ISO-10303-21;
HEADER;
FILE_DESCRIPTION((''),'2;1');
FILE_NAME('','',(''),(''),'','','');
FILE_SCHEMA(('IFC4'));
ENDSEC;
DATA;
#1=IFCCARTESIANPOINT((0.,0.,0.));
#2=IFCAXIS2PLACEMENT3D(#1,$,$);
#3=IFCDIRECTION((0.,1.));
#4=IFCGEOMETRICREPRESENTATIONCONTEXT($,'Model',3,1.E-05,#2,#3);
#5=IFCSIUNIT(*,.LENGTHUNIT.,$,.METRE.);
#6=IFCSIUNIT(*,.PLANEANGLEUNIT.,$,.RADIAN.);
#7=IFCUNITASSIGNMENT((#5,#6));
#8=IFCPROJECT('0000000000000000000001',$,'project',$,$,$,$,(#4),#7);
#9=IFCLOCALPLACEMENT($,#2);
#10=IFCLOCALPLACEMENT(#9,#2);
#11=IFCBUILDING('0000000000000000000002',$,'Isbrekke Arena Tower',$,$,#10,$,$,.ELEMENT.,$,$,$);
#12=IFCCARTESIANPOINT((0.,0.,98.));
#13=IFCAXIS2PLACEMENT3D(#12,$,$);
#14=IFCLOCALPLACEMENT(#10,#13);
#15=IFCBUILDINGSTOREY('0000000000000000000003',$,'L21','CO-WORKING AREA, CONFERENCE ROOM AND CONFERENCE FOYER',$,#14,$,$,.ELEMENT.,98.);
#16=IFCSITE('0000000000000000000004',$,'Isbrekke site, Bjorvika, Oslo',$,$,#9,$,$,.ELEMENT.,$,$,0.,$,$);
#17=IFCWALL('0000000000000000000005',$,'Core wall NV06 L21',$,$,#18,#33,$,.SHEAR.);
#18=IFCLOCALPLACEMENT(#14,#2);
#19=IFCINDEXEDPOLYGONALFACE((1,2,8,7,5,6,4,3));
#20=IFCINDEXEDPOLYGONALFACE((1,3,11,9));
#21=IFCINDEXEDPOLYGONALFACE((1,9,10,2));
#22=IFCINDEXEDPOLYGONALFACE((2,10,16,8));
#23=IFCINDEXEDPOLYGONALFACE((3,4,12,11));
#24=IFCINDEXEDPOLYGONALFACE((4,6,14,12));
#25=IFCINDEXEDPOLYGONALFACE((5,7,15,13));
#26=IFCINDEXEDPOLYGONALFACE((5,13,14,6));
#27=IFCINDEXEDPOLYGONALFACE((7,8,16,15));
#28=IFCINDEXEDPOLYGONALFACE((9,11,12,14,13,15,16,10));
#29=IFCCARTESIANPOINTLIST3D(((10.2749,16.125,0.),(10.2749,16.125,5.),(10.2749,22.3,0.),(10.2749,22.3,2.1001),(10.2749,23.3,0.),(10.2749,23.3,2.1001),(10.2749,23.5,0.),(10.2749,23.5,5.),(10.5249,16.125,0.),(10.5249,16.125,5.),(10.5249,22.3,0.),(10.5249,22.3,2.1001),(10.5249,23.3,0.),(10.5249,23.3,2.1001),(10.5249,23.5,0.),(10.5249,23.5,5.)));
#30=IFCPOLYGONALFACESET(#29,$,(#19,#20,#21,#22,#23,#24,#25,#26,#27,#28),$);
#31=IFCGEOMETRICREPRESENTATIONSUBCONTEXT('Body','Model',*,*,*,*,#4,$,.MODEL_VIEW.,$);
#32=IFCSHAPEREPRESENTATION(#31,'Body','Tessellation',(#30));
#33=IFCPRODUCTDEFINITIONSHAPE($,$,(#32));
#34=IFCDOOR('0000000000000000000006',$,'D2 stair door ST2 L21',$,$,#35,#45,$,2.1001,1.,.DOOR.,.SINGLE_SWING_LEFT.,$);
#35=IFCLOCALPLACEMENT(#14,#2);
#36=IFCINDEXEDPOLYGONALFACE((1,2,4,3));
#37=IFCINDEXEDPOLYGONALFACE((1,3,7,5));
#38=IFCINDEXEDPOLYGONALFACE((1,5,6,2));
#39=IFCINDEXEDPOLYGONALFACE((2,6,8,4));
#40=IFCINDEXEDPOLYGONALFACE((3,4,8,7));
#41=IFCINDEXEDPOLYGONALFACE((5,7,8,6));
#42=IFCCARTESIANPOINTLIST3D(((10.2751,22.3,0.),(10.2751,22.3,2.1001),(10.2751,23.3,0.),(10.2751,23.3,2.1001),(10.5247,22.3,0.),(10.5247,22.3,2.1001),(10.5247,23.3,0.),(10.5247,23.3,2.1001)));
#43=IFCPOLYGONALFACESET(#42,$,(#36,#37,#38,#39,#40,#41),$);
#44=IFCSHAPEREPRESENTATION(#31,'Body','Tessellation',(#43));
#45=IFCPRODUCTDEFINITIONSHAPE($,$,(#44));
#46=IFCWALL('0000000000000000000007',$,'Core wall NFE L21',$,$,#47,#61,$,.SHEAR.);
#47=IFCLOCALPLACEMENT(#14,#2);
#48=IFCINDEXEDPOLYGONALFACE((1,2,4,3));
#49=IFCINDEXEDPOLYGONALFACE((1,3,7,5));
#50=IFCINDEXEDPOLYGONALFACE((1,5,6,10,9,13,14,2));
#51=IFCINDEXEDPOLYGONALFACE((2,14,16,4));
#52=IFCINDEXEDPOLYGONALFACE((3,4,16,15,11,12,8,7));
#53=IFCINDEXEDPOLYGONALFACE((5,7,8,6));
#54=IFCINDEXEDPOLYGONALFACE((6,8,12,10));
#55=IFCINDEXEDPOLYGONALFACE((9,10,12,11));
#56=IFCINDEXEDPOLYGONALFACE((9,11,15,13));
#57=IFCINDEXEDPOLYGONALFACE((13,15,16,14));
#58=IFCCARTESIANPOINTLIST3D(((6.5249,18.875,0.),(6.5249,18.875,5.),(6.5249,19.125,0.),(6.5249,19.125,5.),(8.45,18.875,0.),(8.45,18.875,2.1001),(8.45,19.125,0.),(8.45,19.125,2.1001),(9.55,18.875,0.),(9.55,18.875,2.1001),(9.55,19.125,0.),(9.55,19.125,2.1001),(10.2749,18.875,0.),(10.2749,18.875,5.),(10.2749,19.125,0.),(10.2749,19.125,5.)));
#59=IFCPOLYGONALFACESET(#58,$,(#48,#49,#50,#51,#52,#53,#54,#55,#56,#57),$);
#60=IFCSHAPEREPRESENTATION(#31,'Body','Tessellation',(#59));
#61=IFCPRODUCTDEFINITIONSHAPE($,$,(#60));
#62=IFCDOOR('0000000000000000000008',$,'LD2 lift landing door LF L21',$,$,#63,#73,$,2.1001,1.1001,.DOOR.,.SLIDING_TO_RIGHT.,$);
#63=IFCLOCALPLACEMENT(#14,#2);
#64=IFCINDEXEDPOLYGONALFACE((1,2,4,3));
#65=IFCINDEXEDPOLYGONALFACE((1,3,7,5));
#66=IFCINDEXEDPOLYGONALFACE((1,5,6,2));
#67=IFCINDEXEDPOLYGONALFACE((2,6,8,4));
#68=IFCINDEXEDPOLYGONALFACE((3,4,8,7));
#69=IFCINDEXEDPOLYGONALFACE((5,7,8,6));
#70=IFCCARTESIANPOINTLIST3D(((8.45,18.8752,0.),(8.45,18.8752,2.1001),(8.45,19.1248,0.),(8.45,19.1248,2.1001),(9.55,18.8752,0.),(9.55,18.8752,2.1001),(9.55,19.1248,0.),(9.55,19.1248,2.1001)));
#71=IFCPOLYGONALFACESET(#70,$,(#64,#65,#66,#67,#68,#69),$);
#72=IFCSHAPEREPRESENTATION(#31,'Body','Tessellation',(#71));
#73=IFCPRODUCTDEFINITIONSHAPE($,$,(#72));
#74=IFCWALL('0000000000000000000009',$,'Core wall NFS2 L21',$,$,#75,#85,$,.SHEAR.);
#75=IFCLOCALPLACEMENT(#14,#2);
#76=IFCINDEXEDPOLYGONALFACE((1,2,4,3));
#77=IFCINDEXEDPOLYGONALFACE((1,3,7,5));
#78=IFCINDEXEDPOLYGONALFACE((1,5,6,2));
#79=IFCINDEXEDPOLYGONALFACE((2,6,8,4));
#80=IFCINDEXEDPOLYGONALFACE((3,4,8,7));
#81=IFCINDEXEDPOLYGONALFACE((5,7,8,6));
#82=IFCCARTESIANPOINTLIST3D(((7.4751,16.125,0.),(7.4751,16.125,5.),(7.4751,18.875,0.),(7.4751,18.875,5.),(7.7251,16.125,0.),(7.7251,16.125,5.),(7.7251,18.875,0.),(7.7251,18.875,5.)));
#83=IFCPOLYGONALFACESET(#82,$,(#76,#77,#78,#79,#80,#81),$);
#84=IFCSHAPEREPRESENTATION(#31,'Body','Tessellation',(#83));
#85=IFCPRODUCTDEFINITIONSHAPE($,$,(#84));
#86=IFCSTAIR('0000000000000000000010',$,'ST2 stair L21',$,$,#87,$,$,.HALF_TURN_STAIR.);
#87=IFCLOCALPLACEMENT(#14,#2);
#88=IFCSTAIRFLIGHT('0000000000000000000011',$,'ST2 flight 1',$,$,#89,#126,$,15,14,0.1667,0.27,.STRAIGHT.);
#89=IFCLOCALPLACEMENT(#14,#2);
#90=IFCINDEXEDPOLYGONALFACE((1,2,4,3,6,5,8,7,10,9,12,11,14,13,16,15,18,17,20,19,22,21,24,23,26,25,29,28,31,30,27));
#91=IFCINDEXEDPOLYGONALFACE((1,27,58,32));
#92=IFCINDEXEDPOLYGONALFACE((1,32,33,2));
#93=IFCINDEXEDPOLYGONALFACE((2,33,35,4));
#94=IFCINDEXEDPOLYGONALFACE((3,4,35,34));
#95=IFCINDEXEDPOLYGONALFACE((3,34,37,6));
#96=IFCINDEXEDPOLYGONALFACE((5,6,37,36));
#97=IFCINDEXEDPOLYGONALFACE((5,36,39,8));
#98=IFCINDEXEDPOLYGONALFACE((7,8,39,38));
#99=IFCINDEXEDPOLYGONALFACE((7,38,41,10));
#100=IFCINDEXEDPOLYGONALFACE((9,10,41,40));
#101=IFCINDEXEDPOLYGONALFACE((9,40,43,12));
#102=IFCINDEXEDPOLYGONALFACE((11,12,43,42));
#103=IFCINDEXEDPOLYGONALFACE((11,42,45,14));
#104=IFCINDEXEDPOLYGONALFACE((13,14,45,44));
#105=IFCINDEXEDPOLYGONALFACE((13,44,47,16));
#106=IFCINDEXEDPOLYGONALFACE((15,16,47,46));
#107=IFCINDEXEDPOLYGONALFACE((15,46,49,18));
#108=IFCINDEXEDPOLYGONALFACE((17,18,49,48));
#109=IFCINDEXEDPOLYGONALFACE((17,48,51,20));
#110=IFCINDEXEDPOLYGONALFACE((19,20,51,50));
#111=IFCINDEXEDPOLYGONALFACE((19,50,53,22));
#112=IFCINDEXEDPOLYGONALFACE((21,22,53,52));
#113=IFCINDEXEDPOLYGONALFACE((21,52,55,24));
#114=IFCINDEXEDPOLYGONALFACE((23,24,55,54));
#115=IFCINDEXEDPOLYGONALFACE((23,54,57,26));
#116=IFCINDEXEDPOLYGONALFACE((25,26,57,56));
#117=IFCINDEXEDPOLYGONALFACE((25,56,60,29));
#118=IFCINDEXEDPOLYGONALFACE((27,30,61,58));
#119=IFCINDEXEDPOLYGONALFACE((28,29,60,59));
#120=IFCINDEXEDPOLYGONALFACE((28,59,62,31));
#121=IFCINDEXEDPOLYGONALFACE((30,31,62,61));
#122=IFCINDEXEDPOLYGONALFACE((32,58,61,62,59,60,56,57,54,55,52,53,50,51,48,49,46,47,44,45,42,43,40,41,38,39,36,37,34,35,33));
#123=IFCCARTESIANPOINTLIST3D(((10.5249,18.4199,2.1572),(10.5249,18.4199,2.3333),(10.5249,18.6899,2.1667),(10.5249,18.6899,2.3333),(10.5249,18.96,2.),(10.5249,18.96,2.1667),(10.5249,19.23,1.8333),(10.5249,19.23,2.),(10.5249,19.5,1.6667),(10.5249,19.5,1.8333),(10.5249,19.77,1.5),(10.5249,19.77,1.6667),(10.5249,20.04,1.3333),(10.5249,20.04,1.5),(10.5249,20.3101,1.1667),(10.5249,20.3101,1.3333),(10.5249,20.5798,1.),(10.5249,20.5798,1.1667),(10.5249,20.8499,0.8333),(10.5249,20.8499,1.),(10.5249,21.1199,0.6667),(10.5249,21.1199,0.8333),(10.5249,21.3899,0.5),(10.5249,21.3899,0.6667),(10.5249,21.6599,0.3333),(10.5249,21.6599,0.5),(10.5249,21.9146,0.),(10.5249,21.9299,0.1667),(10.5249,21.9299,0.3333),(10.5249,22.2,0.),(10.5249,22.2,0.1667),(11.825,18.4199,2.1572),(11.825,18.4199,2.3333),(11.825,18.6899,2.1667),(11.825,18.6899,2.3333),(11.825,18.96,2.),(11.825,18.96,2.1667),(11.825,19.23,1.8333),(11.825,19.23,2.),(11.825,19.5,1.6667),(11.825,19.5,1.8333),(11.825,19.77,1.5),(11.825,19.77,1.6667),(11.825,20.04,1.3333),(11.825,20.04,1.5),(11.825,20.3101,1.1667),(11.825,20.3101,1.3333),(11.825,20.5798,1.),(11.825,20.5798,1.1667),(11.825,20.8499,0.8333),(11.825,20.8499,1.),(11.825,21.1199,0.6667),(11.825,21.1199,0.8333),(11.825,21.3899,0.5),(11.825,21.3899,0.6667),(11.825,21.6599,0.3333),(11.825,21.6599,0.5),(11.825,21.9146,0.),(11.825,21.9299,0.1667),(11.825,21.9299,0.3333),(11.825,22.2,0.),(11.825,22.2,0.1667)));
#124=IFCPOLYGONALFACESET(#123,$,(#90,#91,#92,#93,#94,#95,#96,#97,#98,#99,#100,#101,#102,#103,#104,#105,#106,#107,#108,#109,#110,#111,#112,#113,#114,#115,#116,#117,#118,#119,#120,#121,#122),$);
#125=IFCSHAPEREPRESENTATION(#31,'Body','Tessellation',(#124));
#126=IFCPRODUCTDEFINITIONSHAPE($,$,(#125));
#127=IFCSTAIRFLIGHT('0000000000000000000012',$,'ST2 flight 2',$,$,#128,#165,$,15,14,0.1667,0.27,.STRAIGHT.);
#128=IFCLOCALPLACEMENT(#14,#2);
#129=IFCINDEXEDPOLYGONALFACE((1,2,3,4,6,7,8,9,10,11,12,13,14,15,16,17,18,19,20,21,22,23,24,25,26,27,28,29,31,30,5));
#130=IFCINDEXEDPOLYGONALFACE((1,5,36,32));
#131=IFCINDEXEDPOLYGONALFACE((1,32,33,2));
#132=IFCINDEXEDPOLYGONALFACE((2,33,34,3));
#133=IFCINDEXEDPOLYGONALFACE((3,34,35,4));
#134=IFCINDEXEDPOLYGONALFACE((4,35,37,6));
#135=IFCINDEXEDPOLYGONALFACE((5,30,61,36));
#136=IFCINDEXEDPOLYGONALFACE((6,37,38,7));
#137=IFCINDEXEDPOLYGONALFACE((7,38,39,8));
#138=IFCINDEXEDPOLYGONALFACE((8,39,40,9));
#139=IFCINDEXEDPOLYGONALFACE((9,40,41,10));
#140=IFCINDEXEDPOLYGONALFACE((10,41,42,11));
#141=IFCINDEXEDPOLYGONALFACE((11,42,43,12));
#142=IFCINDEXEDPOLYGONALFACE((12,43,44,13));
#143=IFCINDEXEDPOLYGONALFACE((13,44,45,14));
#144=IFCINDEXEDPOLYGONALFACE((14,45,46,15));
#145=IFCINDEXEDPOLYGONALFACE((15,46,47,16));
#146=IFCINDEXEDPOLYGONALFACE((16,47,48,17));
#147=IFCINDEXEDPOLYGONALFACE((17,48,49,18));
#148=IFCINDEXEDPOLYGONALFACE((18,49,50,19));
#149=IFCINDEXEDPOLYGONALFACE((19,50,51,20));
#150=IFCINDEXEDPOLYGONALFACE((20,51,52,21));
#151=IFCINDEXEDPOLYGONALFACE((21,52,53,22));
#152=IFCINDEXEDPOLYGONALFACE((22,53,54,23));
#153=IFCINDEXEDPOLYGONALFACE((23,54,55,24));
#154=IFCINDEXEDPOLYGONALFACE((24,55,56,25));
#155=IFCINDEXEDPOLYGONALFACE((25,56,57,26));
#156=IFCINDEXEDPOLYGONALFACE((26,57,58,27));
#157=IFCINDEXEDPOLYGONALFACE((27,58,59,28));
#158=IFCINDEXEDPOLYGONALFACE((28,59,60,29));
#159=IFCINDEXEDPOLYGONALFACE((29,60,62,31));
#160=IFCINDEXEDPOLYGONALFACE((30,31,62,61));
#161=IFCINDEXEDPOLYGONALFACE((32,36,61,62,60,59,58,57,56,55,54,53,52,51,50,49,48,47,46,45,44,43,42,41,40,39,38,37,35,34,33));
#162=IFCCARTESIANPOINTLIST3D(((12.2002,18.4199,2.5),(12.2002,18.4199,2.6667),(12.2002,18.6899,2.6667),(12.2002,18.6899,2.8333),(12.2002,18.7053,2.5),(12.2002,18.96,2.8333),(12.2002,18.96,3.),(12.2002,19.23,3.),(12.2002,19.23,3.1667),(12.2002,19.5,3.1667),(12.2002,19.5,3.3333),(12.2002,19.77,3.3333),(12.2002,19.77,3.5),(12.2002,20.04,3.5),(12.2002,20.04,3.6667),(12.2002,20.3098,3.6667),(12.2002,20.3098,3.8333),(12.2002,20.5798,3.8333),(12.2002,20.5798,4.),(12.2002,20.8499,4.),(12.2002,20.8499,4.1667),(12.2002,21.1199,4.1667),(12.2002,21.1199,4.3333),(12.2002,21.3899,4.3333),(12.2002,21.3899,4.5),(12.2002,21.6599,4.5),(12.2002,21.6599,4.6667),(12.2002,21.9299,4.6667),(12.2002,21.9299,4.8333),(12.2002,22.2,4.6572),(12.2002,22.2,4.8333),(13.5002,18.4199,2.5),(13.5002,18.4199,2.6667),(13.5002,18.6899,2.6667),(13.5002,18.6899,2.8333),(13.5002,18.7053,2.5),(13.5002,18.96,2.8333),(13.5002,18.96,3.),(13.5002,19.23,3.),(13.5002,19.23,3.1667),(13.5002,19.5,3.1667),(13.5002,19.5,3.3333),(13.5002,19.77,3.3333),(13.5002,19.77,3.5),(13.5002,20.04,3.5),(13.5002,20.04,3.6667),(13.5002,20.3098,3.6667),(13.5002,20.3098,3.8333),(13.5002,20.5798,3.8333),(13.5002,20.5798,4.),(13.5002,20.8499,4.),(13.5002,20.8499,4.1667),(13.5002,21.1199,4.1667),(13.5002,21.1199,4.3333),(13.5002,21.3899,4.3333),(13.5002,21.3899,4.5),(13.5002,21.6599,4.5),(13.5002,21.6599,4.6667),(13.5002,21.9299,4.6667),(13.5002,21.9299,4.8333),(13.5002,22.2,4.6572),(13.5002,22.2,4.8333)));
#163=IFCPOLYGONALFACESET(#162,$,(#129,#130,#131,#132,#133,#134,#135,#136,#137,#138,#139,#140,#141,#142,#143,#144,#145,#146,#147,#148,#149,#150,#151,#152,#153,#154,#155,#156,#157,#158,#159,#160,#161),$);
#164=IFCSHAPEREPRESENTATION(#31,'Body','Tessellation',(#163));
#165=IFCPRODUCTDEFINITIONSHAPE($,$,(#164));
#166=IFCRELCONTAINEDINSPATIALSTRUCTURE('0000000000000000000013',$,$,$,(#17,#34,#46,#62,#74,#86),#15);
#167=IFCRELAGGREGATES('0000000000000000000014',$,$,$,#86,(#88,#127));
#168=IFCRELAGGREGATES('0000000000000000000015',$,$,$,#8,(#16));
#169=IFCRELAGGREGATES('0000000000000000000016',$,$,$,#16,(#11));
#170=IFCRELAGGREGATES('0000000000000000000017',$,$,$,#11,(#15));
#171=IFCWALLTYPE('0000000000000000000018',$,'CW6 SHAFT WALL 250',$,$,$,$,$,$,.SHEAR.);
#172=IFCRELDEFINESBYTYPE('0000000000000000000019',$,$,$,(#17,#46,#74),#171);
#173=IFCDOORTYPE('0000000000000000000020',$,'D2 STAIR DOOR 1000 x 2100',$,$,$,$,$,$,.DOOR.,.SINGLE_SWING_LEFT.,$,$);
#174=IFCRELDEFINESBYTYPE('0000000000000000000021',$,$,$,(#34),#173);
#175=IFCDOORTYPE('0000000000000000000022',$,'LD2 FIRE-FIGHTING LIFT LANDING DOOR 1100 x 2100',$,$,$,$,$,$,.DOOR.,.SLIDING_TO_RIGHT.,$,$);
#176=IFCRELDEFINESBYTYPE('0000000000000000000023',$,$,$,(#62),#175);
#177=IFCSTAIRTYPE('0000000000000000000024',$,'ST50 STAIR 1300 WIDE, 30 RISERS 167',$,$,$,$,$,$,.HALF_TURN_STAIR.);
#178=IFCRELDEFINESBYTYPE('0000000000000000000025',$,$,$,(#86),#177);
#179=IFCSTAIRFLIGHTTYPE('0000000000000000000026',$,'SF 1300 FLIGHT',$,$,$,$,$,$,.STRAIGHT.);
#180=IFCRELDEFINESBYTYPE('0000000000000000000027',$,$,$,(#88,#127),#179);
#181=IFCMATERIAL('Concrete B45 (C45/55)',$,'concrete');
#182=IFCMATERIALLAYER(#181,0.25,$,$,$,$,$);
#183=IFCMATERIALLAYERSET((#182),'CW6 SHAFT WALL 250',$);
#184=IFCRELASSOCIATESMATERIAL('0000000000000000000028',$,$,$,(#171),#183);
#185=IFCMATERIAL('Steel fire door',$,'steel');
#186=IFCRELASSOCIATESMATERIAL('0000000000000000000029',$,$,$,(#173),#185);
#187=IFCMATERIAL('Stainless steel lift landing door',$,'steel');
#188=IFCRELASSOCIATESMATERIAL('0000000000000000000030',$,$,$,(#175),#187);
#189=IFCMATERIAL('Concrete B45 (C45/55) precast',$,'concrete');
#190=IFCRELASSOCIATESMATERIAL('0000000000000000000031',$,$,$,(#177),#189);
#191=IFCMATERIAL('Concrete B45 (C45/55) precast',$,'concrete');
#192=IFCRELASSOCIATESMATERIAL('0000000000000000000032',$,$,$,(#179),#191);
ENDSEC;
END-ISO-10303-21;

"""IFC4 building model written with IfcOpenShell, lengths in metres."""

from ifc_helpers import new_model, si_unit, direction, frame, frame_2d, origin, place, context, subcontext, project, spatial, polyline, rectangle, outline, extrude, material, layer, layer_set, type_object, element, fill, aggregate, save


model = new_model("IFC4")

# Units and contexts
model_context = context("Model", 3, precision=1e-05, world=origin(), true_north=direction((0.0, 1.0)))
body_context = subcontext(model_context, "Body", "Model", "MODEL_VIEW")
ifc_project = project(units=[si_unit("LENGTHUNIT", "METRE"), si_unit("PLANEANGLEUNIT", "RADIAN")], contexts=[model_context])

# Site, building, storey
site_placement = place(None, origin())
site = spatial("IfcSite", under=ifc_project, at=site_placement, Name="Isbrekke site, Bjorvika, Oslo", CompositionType="ELEMENT", RefElevation=0.0)
building_placement = place(site_placement, origin())
building = spatial("IfcBuilding", under=site, at=building_placement, Name="Isbrekke Arena Tower", CompositionType="ELEMENT")
storey_placement = place(building_placement, frame((0.0, 0.0, 98.0)))
storey = spatial("IfcBuildingStorey", under=building, at=storey_placement, Name="L21", Description="CO-WORKING AREA, CONFERENCE ROOM AND CONFERENCE FOYER", CompositionType="ELEMENT", Elevation=98.0)

# Shared definitions
ifc_material_1 = material(Name="Concrete B45 (C45/55)", Category="concrete")
ifc_layer_1 = layer(ifc_material_1, 0.25)
ifc_layer_set_1 = layer_set([ifc_layer_1], Name="CW6 SHAFT WALL 250")
wall_type_1 = type_object("IfcWallType", Name="CW6 SHAFT WALL 250", PredefinedType="SHEAR", material=ifc_layer_set_1)

# Walls, openings, doors
wall_1_placement = place(storey_placement, frame((10.3999, 16.125, 0.0), z_axis=(0.0, 0.0, 1.0), x_axis=(0.0, 1.0, 0.0)))
wall_1 = element("IfcWall", 1, at=wall_1_placement, inside=storey, type_object=wall_type_1, Name="Core wall NV06 L21", PredefinedType="SHEAR", context=body_context, shape_type="SweptSolid", body=[
    extrude(rectangle(XDim=7.375, YDim=0.25, at=frame_2d((3.6875, 0.0))), origin(), (0.0, 0.0, 1.0), 5.0),
])
opening_1_placement = place(wall_1_placement, frame((6.175, 0.0, 0.0)))
opening_1 = element("IfcOpeningElement", 2, at=opening_1_placement, cuts=wall_1, PredefinedType="OPENING", context=body_context, shape_type="SweptSolid", body=[
    extrude(rectangle(XDim=1.0, YDim=2.1001, at=frame_2d((0.5, 1.05))), frame((0.0, 0.1399, 0.0), z_axis=(0.0, -1.0, 0.0), x_axis=(1.0, 0.0, 0.0)), (0.0, 0.0, 1.0), 0.2798),
])
ifc_material_2 = material(Name="Steel fire door", Category="steel")
door_type_1 = type_object("IfcDoorType", Name="D2 STAIR DOOR 1000 x 2100", OperationType="SINGLE_SWING_LEFT", PredefinedType="DOOR", material=ifc_material_2)
door_1_placement = place(opening_1_placement, origin())
door_1 = element("IfcDoor", 3, at=door_1_placement, inside=storey, type_object=door_type_1, Name="D2 stair door ST2 L21", OperationType="SINGLE_SWING_LEFT", OverallHeight=2.1001, OverallWidth=1.0, PredefinedType="DOOR", context=body_context, shape_type="SweptSolid", body=[
    extrude(rectangle(XDim=1.0, YDim=2.1001, at=frame_2d((0.5, 1.05))), frame((0.0, 0.1248, 0.0), z_axis=(0.0, -1.0, 0.0), x_axis=(1.0, 0.0, 0.0)), (0.0, 0.0, 1.0), 0.2495),
])
fill(opening_1, door_1)
wall_2_placement = place(storey_placement, frame((6.5249, 19.0, 0.0), z_axis=(0.0, 0.0, 1.0), x_axis=(1.0, 0.0, 0.0)))
wall_2 = element("IfcWall", 4, at=wall_2_placement, inside=storey, type_object=wall_type_1, Name="Core wall NFE L21", PredefinedType="SHEAR", context=body_context, shape_type="SweptSolid", body=[
    extrude(rectangle(XDim=3.75, YDim=0.25, at=frame_2d((1.875, 0.0))), origin(), (0.0, 0.0, 1.0), 5.0),
])
opening_2_placement = place(wall_2_placement, frame((1.925, 0.0, 0.0)))
opening_2 = element("IfcOpeningElement", 5, at=opening_2_placement, cuts=wall_2, PredefinedType="OPENING", context=body_context, shape_type="SweptSolid", body=[
    extrude(rectangle(XDim=1.1001, YDim=2.1001, at=frame_2d((0.55, 1.05))), frame((0.0, 0.1399, 0.0), z_axis=(0.0, -1.0, 0.0), x_axis=(1.0, 0.0, 0.0)), (0.0, 0.0, 1.0), 0.2798),
])
ifc_material_3 = material(Name="Stainless steel lift landing door", Category="steel")
door_type_2 = type_object("IfcDoorType", Name="LD2 FIRE-FIGHTING LIFT LANDING DOOR 1100 x 2100", OperationType="SLIDING_TO_RIGHT", PredefinedType="DOOR", material=ifc_material_3)
door_2_placement = place(opening_2_placement, origin())
door_2 = element("IfcDoor", 6, at=door_2_placement, inside=storey, type_object=door_type_2, Name="LD2 lift landing door LF L21", OperationType="SLIDING_TO_RIGHT", OverallHeight=2.1001, OverallWidth=1.1001, PredefinedType="DOOR", context=body_context, shape_type="SweptSolid", body=[
    extrude(rectangle(XDim=1.1001, YDim=2.1001, at=frame_2d((0.55, 1.05))), frame((0.0, 0.1248, 0.0), z_axis=(0.0, -1.0, 0.0), x_axis=(1.0, 0.0, 0.0)), (0.0, 0.0, 1.0), 0.2495),
])
fill(opening_2, door_2)

# Wall
wall_3_placement = place(storey_placement, frame((7.6001, 16.125, 0.0), z_axis=(0.0, 0.0, 1.0), x_axis=(0.0, 1.0, 0.0)))
element("IfcWall", 7, at=wall_3_placement, inside=storey, type_object=wall_type_1, Name="Core wall NFS2 L21", PredefinedType="SHEAR", context=body_context, shape_type="SweptSolid", body=[
    extrude(rectangle(XDim=2.75, YDim=0.25, at=frame_2d((1.375, 0.0))), origin(), (0.0, 0.0, 1.0), 5.0),
])

# Stair, stair flights
ifc_material_4 = material(Name="Concrete B45 (C45/55) precast", Category="concrete")
stair_type = type_object("IfcStairType", Name="ST50 STAIR 1300 WIDE, 30 RISERS 167", PredefinedType="HALF_TURN_STAIR", material=ifc_material_4)
stair_placement = place(storey_placement, origin())
stair = element("IfcStair", 8, at=stair_placement, inside=storey, type_object=stair_type, Name="ST2 stair L21", PredefinedType="HALF_TURN_STAIR")
ifc_material_5 = material(Name="Concrete B45 (C45/55) precast", Category="concrete")
stair_flight_type = type_object("IfcStairFlightType", Name="SF 1300 FLIGHT", PredefinedType="STRAIGHT", material=ifc_material_5)
stair_flight_1_placement = place(storey_placement, frame((11.175, 22.2, 0.0), z_axis=(0.0, 0.0, 1.0), x_axis=(0.0, -1.0, 0.0)))
stair_flight_1 = element("IfcStairFlight", 9, at=stair_flight_1_placement, type_object=stair_flight_type, Name="ST2 flight 1", NumberOfRisers=15, NumberOfTreads=14, PredefinedType="STRAIGHT", RiserHeight=0.1667, TreadLength=0.27, context=body_context, shape_type="SweptSolid", body=[
    extrude(outline(polyline([(0.0, 0.0), (0.0, 0.1667), (0.27, 0.1667), (0.27, 0.3333), (0.54, 0.3333), (0.54, 0.5), (0.8101, 0.5), (0.8101, 0.6667), (1.0801, 0.6667), (1.0801, 0.8333), (1.3501, 0.8333), (1.3501, 1.0), (1.6201, 1.0), (1.6201, 1.1667), (1.8899, 1.1667), (1.8899, 1.3333), (2.1599, 1.3333), (2.1599, 1.5), (2.4299, 1.5), (2.4299, 1.6667), (2.7, 1.6667), (2.7, 1.8333), (2.97, 1.8333), (2.97, 2.0), (3.24, 2.0), (3.24, 2.1667), (3.51, 2.1667), (3.51, 2.3333), (3.78, 2.3333), (3.78, 2.5), (3.78, 2.1572), (0.2854, 0.0), (0.0, 0.0)])), frame((0.0, 0.6499, 0.0), z_axis=(0.0, -1.0, 0.0), x_axis=(1.0, 0.0, 0.0)), (0.0, 0.0, 1.0), 1.3),
])
stair_flight_2_placement = place(storey_placement, frame((12.8501, 18.4199, 2.5), z_axis=(0.0, 0.0, 1.0), x_axis=(0.0, 1.0, 0.0)))
stair_flight_2 = element("IfcStairFlight", 10, at=stair_flight_2_placement, type_object=stair_flight_type, Name="ST2 flight 2", NumberOfRisers=15, NumberOfTreads=14, PredefinedType="STRAIGHT", RiserHeight=0.1667, TreadLength=0.27, context=body_context, shape_type="SweptSolid", body=[
    extrude(outline(polyline([(0.0, 0.0), (0.0, 0.1667), (0.27, 0.1667), (0.27, 0.3333), (0.54, 0.3333), (0.54, 0.5), (0.8101, 0.5), (0.8101, 0.6667), (1.0801, 0.6667), (1.0801, 0.8333), (1.3501, 0.8333), (1.3501, 1.0), (1.6201, 1.0), (1.6201, 1.1667), (1.8899, 1.1667), (1.8899, 1.3333), (2.1599, 1.3333), (2.1599, 1.5), (2.4299, 1.5), (2.4299, 1.6667), (2.7, 1.6667), (2.7, 1.8333), (2.97, 1.8333), (2.97, 2.0), (3.24, 2.0), (3.24, 2.1667), (3.51, 2.1667), (3.51, 2.3333), (3.78, 2.3333), (3.78, 2.5), (3.78, 2.1572), (0.2854, 0.0), (0.0, 0.0)])), frame((0.0, 0.6499, 0.0), z_axis=(0.0, -1.0, 0.0), x_axis=(1.0, 0.0, 0.0)), (0.0, 0.0, 1.0), 1.3),
])
aggregate(stair, [stair_flight_1, stair_flight_2])

save(model, "model.ifc")
